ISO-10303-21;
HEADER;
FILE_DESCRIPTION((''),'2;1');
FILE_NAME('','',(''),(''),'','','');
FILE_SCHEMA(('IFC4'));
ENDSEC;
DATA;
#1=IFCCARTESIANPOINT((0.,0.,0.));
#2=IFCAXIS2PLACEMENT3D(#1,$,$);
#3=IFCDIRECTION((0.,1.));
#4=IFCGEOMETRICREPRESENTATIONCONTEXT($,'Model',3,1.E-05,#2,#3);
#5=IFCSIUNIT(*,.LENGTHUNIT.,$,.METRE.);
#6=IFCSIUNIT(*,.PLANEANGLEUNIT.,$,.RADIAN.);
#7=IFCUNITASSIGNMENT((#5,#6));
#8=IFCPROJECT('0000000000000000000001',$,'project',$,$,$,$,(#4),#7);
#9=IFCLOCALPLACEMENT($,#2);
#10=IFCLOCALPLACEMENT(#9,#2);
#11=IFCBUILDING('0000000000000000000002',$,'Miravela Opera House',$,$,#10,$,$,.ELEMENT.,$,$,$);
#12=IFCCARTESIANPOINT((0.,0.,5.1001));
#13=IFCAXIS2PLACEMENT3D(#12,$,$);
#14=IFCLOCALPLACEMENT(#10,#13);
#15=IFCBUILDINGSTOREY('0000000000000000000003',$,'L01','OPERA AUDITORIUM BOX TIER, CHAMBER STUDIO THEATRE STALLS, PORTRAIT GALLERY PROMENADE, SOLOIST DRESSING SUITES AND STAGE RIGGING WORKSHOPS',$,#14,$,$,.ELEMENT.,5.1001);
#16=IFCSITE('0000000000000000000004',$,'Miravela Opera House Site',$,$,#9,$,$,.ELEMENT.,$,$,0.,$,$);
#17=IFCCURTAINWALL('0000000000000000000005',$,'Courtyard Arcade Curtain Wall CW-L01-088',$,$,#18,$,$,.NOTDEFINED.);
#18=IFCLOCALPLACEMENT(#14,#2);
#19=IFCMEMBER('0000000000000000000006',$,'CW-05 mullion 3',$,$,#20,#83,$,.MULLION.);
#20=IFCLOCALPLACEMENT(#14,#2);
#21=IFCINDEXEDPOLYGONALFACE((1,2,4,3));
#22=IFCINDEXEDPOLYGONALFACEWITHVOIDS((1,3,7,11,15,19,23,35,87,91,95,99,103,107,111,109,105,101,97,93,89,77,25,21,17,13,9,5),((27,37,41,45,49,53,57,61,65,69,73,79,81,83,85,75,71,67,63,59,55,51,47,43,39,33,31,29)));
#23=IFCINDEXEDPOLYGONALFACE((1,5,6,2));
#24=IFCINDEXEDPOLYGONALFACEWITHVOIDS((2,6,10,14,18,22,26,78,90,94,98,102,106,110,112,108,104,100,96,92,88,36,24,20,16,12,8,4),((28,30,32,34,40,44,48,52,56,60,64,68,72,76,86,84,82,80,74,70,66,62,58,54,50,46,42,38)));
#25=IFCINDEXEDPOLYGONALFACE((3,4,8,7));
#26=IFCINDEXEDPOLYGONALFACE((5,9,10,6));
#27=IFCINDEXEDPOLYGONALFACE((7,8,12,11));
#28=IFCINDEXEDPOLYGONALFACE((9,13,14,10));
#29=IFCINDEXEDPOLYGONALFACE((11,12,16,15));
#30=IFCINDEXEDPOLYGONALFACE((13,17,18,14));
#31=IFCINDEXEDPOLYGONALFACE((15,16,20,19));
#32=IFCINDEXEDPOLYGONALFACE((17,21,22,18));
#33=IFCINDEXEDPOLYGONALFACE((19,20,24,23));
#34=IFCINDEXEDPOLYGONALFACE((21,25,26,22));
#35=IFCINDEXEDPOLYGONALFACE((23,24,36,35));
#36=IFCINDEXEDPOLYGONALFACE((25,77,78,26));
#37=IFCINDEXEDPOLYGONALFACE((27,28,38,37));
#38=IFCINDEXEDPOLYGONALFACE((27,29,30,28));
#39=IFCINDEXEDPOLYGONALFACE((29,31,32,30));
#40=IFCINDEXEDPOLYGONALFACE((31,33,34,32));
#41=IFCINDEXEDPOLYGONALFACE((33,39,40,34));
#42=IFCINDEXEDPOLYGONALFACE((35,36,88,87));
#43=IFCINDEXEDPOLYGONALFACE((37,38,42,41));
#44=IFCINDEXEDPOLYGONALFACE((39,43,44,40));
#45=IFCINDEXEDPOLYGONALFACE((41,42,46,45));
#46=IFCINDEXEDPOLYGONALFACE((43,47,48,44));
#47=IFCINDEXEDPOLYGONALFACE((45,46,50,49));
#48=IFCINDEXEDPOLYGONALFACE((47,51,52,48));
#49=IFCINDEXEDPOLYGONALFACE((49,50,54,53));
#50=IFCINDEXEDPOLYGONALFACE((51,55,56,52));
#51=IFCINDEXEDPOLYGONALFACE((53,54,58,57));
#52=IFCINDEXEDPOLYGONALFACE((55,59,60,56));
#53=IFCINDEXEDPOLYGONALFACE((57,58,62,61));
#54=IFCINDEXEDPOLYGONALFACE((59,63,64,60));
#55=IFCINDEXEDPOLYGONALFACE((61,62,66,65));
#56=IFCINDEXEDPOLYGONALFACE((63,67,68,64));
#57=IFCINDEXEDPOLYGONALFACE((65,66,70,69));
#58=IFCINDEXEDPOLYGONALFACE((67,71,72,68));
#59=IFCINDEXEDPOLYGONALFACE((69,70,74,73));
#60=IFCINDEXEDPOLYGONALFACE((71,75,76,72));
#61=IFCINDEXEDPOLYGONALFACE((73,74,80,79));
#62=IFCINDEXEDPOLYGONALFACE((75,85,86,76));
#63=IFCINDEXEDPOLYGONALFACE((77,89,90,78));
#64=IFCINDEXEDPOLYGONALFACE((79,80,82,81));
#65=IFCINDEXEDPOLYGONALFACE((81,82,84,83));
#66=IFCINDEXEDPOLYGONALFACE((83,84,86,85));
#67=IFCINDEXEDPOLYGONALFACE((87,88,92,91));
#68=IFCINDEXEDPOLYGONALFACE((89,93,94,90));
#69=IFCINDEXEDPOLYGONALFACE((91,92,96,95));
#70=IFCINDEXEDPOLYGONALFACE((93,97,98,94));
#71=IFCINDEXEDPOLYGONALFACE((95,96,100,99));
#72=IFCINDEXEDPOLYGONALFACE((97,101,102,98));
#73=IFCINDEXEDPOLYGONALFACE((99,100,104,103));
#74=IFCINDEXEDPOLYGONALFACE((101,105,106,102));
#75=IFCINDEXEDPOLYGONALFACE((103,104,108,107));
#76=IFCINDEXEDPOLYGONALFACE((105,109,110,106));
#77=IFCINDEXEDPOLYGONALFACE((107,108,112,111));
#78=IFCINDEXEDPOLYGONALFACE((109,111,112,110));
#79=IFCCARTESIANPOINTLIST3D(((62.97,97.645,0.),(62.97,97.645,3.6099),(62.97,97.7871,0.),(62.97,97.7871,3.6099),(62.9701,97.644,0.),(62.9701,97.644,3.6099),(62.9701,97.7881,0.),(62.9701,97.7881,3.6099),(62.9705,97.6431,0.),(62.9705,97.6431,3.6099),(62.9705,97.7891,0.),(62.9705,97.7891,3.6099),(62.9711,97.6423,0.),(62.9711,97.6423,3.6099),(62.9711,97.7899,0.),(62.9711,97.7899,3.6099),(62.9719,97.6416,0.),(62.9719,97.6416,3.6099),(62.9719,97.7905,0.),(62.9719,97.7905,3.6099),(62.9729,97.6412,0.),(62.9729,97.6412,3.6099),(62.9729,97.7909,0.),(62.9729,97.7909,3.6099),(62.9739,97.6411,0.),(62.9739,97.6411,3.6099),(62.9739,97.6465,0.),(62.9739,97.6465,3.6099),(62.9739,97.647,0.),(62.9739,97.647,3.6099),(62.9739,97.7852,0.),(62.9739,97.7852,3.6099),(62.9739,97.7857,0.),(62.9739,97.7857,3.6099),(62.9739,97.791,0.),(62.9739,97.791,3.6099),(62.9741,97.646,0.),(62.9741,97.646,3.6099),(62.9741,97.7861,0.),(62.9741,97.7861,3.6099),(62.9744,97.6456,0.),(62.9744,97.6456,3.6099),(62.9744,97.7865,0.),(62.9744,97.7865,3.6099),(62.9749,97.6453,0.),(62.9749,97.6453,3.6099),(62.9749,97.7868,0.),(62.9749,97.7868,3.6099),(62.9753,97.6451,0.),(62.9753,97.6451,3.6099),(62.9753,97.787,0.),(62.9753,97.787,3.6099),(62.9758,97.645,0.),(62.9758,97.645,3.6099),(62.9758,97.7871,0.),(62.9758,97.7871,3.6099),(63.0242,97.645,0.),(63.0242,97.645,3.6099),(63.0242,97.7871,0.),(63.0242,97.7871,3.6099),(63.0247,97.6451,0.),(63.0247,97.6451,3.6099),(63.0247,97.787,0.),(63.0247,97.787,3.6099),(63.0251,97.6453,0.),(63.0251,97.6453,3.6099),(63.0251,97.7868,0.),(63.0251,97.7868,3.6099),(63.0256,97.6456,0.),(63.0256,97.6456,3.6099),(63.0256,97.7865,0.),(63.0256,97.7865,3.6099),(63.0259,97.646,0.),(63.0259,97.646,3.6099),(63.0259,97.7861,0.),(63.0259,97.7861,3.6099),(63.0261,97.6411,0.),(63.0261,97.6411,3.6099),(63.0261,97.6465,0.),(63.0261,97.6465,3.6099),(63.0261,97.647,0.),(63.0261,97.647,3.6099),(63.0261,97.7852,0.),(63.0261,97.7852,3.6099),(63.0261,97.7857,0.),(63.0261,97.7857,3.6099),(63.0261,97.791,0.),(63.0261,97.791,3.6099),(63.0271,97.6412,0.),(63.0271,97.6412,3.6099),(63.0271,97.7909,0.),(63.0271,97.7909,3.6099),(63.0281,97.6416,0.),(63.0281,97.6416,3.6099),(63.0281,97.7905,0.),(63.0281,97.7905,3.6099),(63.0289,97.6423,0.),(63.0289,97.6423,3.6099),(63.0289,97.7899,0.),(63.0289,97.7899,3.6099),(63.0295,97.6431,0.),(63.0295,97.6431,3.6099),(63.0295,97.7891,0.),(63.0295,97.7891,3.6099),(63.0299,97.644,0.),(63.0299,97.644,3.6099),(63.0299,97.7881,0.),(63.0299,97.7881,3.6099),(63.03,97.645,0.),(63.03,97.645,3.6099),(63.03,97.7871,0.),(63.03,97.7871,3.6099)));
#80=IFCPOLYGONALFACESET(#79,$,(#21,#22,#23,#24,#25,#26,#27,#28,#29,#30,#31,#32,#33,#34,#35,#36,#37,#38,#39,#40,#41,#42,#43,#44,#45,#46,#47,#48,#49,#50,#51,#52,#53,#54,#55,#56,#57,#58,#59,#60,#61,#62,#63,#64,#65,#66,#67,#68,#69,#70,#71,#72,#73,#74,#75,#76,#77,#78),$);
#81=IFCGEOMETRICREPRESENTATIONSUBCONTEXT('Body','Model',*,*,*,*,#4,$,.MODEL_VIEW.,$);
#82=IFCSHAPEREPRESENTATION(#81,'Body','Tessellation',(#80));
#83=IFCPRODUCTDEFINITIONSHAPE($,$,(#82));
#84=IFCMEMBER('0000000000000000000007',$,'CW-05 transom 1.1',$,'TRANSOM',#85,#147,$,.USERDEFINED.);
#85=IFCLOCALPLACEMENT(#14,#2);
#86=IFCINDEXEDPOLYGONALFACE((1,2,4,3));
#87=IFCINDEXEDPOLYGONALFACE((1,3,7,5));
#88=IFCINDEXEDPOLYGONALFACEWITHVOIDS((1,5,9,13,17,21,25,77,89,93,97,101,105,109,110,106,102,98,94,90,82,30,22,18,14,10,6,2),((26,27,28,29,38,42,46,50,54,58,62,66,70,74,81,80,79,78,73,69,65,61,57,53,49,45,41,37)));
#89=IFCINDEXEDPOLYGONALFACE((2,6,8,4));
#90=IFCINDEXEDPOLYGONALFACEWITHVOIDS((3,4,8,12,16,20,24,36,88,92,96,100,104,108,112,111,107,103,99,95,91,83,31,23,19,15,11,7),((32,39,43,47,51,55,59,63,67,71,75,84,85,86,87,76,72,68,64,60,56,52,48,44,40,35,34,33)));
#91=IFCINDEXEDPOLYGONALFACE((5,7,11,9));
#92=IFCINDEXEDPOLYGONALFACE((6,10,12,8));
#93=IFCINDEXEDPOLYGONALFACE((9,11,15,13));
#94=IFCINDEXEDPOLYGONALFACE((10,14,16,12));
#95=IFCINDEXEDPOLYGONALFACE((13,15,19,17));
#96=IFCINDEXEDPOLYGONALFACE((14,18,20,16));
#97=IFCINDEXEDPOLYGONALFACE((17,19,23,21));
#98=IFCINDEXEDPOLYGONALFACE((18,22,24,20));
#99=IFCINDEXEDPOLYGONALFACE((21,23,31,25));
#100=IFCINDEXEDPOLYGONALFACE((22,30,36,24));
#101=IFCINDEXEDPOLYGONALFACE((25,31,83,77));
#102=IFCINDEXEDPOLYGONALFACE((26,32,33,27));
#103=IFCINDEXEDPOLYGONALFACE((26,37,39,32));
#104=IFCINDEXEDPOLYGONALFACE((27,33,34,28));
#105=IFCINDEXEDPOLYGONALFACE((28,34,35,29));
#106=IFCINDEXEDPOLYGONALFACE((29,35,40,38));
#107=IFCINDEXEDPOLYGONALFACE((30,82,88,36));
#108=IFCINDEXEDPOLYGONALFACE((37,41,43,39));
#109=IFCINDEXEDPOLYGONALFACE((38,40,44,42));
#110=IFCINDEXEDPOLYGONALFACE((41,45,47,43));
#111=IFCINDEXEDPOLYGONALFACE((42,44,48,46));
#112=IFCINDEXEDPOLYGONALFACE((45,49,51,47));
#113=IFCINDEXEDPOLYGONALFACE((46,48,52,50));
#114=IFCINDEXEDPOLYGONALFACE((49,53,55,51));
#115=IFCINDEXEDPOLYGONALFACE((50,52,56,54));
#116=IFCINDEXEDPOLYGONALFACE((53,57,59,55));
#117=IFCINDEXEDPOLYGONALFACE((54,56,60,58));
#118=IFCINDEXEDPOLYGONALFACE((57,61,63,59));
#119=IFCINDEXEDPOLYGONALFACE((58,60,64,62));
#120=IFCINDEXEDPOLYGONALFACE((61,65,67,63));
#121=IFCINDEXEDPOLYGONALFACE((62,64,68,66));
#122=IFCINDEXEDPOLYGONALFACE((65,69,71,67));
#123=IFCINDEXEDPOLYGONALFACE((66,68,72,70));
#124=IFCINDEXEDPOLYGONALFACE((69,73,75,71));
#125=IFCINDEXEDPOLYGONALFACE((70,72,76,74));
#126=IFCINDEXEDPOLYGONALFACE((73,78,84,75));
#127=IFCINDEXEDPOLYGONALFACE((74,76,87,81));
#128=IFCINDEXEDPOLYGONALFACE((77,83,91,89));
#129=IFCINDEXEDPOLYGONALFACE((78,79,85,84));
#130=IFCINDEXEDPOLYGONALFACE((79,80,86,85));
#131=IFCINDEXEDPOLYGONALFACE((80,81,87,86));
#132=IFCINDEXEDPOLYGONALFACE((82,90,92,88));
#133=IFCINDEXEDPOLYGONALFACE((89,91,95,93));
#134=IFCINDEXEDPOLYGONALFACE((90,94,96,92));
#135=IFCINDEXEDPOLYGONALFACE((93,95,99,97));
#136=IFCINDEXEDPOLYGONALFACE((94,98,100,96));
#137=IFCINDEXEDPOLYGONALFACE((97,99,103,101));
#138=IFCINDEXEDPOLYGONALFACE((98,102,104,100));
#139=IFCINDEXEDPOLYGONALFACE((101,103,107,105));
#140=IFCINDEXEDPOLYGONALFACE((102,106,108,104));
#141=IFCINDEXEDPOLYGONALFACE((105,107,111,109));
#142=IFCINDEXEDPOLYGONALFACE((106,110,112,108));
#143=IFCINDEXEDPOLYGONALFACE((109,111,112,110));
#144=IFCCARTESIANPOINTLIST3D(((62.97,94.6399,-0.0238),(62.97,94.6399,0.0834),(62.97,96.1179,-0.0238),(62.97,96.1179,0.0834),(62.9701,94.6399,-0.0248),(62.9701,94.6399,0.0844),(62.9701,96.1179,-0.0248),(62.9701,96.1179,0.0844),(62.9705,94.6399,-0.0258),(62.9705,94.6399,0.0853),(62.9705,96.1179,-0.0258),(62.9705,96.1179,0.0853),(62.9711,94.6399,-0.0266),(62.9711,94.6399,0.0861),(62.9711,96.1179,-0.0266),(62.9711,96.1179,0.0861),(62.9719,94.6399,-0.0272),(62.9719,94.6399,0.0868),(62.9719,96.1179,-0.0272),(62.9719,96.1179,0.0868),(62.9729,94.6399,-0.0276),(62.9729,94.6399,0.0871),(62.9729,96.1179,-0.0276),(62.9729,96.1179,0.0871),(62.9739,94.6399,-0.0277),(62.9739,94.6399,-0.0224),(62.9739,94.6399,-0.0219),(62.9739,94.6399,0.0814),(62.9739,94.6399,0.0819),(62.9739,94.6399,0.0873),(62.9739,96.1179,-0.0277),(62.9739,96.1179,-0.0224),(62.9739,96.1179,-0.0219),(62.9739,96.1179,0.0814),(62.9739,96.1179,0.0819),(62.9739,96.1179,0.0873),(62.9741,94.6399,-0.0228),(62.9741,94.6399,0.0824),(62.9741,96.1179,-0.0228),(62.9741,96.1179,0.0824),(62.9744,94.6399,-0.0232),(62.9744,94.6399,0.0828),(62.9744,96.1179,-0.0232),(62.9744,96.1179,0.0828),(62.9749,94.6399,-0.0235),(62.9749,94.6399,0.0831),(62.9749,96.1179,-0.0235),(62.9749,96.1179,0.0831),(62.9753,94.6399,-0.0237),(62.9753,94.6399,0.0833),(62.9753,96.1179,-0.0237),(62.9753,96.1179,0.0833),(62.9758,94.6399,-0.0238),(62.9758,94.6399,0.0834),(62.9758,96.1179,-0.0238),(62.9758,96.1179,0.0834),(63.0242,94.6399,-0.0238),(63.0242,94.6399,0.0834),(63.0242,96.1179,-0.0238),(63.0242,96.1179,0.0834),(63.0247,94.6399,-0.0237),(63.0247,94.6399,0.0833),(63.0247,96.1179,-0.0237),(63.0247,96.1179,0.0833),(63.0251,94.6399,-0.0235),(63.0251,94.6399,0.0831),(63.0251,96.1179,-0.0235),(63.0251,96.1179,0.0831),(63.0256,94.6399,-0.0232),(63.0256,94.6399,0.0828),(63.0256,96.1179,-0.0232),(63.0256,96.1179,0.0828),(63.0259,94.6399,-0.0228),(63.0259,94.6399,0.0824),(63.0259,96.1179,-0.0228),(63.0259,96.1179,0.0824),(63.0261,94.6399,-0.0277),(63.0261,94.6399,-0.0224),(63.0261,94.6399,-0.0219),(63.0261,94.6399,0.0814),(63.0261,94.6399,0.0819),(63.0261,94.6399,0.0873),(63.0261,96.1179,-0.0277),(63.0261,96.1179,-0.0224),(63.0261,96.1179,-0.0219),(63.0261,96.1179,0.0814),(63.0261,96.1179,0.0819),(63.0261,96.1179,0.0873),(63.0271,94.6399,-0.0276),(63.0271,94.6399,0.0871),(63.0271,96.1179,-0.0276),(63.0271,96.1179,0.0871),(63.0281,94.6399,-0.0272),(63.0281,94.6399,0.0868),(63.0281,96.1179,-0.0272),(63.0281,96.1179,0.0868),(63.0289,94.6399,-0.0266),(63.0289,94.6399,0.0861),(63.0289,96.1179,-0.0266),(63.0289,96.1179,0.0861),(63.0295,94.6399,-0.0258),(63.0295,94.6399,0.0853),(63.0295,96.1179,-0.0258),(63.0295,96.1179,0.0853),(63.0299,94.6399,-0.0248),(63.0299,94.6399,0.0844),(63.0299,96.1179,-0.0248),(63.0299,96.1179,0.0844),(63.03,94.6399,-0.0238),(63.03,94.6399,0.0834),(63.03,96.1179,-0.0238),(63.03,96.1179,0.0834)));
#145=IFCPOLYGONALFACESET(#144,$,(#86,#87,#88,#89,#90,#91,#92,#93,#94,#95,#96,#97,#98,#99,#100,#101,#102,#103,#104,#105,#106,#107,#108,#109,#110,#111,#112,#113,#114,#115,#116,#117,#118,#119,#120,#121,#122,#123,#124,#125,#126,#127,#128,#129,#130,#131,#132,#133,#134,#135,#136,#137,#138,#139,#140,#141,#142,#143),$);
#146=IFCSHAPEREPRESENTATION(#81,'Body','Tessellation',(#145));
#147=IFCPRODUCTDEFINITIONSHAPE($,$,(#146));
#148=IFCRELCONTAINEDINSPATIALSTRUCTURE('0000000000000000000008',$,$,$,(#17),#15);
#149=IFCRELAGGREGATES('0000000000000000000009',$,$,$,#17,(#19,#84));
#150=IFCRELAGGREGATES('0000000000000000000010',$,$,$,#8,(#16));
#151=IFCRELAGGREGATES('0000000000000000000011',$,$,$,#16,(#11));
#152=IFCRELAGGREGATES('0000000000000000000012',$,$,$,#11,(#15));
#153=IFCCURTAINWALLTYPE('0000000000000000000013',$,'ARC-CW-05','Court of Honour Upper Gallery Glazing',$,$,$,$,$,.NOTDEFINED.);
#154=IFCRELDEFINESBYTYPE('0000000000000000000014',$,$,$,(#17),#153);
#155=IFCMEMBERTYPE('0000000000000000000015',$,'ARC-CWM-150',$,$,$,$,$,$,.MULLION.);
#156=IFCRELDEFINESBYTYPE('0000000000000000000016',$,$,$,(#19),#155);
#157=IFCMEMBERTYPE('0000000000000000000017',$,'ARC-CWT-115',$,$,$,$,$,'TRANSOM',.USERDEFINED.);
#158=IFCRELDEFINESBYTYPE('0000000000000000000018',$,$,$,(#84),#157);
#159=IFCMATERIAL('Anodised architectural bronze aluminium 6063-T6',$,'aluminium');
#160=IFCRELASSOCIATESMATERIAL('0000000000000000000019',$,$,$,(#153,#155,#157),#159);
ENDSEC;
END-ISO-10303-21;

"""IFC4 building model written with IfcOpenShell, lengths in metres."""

from ifc_helpers import new_model, si_unit, direction, frame, origin, origin_2d, place, context, subcontext, project, spatial, hollow_rectangle, extrude, material, material_profile, profile_set, type_object, element, aggregate, save


model = new_model("IFC4")

# Units and contexts
model_context = context("Model", 3, precision=1e-05, world=origin(), true_north=direction((0.0, 1.0)))
body_context = subcontext(model_context, "Body", "Model", "MODEL_VIEW")
ifc_project = project(units=[si_unit("LENGTHUNIT", "METRE"), si_unit("PLANEANGLEUNIT", "RADIAN")], contexts=[model_context])

# Site, building, storey
site_placement = place(None, origin())
site = spatial("IfcSite", under=ifc_project, at=site_placement, Name="Miravela Opera House Site", CompositionType="ELEMENT", RefElevation=0.0)
building_placement = place(site_placement, origin())
building = spatial("IfcBuilding", under=site, at=building_placement, Name="Miravela Opera House", CompositionType="ELEMENT")
storey_placement = place(building_placement, frame((0.0, 0.0, 5.1001)))
storey = spatial("IfcBuildingStorey", under=building, at=storey_placement, Name="L01", Description="OPERA AUDITORIUM BOX TIER, CHAMBER STUDIO THEATRE STALLS, PORTRAIT GALLERY PROMENADE, SOLOIST DRESSING SUITES AND STAGE RIGGING WORKSHOPS", CompositionType="ELEMENT", Elevation=5.1001)

# Curtain wall, members
ifc_material_1 = material(Name="Anodised architectural bronze aluminium 6063-T6", Category="aluminium")
curtain_wall_type = type_object("IfcCurtainWallType", Name="ARC-CW-05", Description="Court of Honour Upper Gallery Glazing", PredefinedType="NOTDEFINED", material=ifc_material_1)
curtain_wall_1_placement = place(storey_placement, origin())
curtain_wall_1 = element("IfcCurtainWall", 1, at=curtain_wall_1_placement, inside=storey, type_object=curtain_wall_type, Name="Courtyard Arcade Curtain Wall CW-L01-088", PredefinedType="NOTDEFINED")
ifc_material_profile_1 = material_profile(ifc_material_1, hollow_rectangle(XDim=0.0601, YDim=0.1499, WallThickness=0.0039, InnerFilletRadius=0.002, OuterFilletRadius=0.0039, at=origin_2d()), Name="CWM-60X150")
ifc_profile_set_1 = profile_set([ifc_material_profile_1])
member_type_1 = type_object("IfcMemberType", Name="ARC-CWM-150", PredefinedType="MULLION", material=ifc_profile_set_1)
member_1_placement = place(storey_placement, frame((63.0, 97.7161, 0.0), z_axis=(0.0, 0.0, 1.0), x_axis=(-1.0, 0.0, 0.0)))
member_1 = element("IfcMember", 2, at=member_1_placement, type_object=member_type_1, Name="CW-05 mullion 3", PredefinedType="MULLION", context=body_context, shape_type="SweptSolid", body=[
    extrude(hollow_rectangle(XDim=0.0601, YDim=0.1499, WallThickness=0.0039, InnerFilletRadius=0.002, OuterFilletRadius=0.0039, at=origin_2d()), origin(), (0.0, 0.0, 1.0), 3.6099),
])
ifc_material_profile_2 = material_profile(ifc_material_1, hollow_rectangle(XDim=0.0601, YDim=0.115, WallThickness=0.0039, InnerFilletRadius=0.002, OuterFilletRadius=0.0039, at=origin_2d()), Name="CWT-60X115")
ifc_profile_set_2 = profile_set([ifc_material_profile_2])
member_type_2 = type_object("IfcMemberType", Name="ARC-CWT-115", ElementType="TRANSOM", PredefinedType="USERDEFINED", material=ifc_profile_set_2)
member_2_placement = place(storey_placement, frame((63.0, 94.6399, 0.0298), z_axis=(0.0, 1.0, 0.0), x_axis=(-1.0, 0.0, 0.0)))
member_2 = element("IfcMember", 3, at=member_2_placement, type_object=member_type_2, Name="CW-05 transom 1.1", ObjectType="TRANSOM", PredefinedType="USERDEFINED", context=body_context, shape_type="SweptSolid", body=[
    extrude(hollow_rectangle(XDim=0.0601, YDim=0.115, WallThickness=0.0039, InnerFilletRadius=0.002, OuterFilletRadius=0.0039, at=origin_2d()), origin(), (0.0, 0.0, 1.0), 1.478),
])

aggregate(curtain_wall_1, [member_1, member_2])

save(model, "model.ifc")
